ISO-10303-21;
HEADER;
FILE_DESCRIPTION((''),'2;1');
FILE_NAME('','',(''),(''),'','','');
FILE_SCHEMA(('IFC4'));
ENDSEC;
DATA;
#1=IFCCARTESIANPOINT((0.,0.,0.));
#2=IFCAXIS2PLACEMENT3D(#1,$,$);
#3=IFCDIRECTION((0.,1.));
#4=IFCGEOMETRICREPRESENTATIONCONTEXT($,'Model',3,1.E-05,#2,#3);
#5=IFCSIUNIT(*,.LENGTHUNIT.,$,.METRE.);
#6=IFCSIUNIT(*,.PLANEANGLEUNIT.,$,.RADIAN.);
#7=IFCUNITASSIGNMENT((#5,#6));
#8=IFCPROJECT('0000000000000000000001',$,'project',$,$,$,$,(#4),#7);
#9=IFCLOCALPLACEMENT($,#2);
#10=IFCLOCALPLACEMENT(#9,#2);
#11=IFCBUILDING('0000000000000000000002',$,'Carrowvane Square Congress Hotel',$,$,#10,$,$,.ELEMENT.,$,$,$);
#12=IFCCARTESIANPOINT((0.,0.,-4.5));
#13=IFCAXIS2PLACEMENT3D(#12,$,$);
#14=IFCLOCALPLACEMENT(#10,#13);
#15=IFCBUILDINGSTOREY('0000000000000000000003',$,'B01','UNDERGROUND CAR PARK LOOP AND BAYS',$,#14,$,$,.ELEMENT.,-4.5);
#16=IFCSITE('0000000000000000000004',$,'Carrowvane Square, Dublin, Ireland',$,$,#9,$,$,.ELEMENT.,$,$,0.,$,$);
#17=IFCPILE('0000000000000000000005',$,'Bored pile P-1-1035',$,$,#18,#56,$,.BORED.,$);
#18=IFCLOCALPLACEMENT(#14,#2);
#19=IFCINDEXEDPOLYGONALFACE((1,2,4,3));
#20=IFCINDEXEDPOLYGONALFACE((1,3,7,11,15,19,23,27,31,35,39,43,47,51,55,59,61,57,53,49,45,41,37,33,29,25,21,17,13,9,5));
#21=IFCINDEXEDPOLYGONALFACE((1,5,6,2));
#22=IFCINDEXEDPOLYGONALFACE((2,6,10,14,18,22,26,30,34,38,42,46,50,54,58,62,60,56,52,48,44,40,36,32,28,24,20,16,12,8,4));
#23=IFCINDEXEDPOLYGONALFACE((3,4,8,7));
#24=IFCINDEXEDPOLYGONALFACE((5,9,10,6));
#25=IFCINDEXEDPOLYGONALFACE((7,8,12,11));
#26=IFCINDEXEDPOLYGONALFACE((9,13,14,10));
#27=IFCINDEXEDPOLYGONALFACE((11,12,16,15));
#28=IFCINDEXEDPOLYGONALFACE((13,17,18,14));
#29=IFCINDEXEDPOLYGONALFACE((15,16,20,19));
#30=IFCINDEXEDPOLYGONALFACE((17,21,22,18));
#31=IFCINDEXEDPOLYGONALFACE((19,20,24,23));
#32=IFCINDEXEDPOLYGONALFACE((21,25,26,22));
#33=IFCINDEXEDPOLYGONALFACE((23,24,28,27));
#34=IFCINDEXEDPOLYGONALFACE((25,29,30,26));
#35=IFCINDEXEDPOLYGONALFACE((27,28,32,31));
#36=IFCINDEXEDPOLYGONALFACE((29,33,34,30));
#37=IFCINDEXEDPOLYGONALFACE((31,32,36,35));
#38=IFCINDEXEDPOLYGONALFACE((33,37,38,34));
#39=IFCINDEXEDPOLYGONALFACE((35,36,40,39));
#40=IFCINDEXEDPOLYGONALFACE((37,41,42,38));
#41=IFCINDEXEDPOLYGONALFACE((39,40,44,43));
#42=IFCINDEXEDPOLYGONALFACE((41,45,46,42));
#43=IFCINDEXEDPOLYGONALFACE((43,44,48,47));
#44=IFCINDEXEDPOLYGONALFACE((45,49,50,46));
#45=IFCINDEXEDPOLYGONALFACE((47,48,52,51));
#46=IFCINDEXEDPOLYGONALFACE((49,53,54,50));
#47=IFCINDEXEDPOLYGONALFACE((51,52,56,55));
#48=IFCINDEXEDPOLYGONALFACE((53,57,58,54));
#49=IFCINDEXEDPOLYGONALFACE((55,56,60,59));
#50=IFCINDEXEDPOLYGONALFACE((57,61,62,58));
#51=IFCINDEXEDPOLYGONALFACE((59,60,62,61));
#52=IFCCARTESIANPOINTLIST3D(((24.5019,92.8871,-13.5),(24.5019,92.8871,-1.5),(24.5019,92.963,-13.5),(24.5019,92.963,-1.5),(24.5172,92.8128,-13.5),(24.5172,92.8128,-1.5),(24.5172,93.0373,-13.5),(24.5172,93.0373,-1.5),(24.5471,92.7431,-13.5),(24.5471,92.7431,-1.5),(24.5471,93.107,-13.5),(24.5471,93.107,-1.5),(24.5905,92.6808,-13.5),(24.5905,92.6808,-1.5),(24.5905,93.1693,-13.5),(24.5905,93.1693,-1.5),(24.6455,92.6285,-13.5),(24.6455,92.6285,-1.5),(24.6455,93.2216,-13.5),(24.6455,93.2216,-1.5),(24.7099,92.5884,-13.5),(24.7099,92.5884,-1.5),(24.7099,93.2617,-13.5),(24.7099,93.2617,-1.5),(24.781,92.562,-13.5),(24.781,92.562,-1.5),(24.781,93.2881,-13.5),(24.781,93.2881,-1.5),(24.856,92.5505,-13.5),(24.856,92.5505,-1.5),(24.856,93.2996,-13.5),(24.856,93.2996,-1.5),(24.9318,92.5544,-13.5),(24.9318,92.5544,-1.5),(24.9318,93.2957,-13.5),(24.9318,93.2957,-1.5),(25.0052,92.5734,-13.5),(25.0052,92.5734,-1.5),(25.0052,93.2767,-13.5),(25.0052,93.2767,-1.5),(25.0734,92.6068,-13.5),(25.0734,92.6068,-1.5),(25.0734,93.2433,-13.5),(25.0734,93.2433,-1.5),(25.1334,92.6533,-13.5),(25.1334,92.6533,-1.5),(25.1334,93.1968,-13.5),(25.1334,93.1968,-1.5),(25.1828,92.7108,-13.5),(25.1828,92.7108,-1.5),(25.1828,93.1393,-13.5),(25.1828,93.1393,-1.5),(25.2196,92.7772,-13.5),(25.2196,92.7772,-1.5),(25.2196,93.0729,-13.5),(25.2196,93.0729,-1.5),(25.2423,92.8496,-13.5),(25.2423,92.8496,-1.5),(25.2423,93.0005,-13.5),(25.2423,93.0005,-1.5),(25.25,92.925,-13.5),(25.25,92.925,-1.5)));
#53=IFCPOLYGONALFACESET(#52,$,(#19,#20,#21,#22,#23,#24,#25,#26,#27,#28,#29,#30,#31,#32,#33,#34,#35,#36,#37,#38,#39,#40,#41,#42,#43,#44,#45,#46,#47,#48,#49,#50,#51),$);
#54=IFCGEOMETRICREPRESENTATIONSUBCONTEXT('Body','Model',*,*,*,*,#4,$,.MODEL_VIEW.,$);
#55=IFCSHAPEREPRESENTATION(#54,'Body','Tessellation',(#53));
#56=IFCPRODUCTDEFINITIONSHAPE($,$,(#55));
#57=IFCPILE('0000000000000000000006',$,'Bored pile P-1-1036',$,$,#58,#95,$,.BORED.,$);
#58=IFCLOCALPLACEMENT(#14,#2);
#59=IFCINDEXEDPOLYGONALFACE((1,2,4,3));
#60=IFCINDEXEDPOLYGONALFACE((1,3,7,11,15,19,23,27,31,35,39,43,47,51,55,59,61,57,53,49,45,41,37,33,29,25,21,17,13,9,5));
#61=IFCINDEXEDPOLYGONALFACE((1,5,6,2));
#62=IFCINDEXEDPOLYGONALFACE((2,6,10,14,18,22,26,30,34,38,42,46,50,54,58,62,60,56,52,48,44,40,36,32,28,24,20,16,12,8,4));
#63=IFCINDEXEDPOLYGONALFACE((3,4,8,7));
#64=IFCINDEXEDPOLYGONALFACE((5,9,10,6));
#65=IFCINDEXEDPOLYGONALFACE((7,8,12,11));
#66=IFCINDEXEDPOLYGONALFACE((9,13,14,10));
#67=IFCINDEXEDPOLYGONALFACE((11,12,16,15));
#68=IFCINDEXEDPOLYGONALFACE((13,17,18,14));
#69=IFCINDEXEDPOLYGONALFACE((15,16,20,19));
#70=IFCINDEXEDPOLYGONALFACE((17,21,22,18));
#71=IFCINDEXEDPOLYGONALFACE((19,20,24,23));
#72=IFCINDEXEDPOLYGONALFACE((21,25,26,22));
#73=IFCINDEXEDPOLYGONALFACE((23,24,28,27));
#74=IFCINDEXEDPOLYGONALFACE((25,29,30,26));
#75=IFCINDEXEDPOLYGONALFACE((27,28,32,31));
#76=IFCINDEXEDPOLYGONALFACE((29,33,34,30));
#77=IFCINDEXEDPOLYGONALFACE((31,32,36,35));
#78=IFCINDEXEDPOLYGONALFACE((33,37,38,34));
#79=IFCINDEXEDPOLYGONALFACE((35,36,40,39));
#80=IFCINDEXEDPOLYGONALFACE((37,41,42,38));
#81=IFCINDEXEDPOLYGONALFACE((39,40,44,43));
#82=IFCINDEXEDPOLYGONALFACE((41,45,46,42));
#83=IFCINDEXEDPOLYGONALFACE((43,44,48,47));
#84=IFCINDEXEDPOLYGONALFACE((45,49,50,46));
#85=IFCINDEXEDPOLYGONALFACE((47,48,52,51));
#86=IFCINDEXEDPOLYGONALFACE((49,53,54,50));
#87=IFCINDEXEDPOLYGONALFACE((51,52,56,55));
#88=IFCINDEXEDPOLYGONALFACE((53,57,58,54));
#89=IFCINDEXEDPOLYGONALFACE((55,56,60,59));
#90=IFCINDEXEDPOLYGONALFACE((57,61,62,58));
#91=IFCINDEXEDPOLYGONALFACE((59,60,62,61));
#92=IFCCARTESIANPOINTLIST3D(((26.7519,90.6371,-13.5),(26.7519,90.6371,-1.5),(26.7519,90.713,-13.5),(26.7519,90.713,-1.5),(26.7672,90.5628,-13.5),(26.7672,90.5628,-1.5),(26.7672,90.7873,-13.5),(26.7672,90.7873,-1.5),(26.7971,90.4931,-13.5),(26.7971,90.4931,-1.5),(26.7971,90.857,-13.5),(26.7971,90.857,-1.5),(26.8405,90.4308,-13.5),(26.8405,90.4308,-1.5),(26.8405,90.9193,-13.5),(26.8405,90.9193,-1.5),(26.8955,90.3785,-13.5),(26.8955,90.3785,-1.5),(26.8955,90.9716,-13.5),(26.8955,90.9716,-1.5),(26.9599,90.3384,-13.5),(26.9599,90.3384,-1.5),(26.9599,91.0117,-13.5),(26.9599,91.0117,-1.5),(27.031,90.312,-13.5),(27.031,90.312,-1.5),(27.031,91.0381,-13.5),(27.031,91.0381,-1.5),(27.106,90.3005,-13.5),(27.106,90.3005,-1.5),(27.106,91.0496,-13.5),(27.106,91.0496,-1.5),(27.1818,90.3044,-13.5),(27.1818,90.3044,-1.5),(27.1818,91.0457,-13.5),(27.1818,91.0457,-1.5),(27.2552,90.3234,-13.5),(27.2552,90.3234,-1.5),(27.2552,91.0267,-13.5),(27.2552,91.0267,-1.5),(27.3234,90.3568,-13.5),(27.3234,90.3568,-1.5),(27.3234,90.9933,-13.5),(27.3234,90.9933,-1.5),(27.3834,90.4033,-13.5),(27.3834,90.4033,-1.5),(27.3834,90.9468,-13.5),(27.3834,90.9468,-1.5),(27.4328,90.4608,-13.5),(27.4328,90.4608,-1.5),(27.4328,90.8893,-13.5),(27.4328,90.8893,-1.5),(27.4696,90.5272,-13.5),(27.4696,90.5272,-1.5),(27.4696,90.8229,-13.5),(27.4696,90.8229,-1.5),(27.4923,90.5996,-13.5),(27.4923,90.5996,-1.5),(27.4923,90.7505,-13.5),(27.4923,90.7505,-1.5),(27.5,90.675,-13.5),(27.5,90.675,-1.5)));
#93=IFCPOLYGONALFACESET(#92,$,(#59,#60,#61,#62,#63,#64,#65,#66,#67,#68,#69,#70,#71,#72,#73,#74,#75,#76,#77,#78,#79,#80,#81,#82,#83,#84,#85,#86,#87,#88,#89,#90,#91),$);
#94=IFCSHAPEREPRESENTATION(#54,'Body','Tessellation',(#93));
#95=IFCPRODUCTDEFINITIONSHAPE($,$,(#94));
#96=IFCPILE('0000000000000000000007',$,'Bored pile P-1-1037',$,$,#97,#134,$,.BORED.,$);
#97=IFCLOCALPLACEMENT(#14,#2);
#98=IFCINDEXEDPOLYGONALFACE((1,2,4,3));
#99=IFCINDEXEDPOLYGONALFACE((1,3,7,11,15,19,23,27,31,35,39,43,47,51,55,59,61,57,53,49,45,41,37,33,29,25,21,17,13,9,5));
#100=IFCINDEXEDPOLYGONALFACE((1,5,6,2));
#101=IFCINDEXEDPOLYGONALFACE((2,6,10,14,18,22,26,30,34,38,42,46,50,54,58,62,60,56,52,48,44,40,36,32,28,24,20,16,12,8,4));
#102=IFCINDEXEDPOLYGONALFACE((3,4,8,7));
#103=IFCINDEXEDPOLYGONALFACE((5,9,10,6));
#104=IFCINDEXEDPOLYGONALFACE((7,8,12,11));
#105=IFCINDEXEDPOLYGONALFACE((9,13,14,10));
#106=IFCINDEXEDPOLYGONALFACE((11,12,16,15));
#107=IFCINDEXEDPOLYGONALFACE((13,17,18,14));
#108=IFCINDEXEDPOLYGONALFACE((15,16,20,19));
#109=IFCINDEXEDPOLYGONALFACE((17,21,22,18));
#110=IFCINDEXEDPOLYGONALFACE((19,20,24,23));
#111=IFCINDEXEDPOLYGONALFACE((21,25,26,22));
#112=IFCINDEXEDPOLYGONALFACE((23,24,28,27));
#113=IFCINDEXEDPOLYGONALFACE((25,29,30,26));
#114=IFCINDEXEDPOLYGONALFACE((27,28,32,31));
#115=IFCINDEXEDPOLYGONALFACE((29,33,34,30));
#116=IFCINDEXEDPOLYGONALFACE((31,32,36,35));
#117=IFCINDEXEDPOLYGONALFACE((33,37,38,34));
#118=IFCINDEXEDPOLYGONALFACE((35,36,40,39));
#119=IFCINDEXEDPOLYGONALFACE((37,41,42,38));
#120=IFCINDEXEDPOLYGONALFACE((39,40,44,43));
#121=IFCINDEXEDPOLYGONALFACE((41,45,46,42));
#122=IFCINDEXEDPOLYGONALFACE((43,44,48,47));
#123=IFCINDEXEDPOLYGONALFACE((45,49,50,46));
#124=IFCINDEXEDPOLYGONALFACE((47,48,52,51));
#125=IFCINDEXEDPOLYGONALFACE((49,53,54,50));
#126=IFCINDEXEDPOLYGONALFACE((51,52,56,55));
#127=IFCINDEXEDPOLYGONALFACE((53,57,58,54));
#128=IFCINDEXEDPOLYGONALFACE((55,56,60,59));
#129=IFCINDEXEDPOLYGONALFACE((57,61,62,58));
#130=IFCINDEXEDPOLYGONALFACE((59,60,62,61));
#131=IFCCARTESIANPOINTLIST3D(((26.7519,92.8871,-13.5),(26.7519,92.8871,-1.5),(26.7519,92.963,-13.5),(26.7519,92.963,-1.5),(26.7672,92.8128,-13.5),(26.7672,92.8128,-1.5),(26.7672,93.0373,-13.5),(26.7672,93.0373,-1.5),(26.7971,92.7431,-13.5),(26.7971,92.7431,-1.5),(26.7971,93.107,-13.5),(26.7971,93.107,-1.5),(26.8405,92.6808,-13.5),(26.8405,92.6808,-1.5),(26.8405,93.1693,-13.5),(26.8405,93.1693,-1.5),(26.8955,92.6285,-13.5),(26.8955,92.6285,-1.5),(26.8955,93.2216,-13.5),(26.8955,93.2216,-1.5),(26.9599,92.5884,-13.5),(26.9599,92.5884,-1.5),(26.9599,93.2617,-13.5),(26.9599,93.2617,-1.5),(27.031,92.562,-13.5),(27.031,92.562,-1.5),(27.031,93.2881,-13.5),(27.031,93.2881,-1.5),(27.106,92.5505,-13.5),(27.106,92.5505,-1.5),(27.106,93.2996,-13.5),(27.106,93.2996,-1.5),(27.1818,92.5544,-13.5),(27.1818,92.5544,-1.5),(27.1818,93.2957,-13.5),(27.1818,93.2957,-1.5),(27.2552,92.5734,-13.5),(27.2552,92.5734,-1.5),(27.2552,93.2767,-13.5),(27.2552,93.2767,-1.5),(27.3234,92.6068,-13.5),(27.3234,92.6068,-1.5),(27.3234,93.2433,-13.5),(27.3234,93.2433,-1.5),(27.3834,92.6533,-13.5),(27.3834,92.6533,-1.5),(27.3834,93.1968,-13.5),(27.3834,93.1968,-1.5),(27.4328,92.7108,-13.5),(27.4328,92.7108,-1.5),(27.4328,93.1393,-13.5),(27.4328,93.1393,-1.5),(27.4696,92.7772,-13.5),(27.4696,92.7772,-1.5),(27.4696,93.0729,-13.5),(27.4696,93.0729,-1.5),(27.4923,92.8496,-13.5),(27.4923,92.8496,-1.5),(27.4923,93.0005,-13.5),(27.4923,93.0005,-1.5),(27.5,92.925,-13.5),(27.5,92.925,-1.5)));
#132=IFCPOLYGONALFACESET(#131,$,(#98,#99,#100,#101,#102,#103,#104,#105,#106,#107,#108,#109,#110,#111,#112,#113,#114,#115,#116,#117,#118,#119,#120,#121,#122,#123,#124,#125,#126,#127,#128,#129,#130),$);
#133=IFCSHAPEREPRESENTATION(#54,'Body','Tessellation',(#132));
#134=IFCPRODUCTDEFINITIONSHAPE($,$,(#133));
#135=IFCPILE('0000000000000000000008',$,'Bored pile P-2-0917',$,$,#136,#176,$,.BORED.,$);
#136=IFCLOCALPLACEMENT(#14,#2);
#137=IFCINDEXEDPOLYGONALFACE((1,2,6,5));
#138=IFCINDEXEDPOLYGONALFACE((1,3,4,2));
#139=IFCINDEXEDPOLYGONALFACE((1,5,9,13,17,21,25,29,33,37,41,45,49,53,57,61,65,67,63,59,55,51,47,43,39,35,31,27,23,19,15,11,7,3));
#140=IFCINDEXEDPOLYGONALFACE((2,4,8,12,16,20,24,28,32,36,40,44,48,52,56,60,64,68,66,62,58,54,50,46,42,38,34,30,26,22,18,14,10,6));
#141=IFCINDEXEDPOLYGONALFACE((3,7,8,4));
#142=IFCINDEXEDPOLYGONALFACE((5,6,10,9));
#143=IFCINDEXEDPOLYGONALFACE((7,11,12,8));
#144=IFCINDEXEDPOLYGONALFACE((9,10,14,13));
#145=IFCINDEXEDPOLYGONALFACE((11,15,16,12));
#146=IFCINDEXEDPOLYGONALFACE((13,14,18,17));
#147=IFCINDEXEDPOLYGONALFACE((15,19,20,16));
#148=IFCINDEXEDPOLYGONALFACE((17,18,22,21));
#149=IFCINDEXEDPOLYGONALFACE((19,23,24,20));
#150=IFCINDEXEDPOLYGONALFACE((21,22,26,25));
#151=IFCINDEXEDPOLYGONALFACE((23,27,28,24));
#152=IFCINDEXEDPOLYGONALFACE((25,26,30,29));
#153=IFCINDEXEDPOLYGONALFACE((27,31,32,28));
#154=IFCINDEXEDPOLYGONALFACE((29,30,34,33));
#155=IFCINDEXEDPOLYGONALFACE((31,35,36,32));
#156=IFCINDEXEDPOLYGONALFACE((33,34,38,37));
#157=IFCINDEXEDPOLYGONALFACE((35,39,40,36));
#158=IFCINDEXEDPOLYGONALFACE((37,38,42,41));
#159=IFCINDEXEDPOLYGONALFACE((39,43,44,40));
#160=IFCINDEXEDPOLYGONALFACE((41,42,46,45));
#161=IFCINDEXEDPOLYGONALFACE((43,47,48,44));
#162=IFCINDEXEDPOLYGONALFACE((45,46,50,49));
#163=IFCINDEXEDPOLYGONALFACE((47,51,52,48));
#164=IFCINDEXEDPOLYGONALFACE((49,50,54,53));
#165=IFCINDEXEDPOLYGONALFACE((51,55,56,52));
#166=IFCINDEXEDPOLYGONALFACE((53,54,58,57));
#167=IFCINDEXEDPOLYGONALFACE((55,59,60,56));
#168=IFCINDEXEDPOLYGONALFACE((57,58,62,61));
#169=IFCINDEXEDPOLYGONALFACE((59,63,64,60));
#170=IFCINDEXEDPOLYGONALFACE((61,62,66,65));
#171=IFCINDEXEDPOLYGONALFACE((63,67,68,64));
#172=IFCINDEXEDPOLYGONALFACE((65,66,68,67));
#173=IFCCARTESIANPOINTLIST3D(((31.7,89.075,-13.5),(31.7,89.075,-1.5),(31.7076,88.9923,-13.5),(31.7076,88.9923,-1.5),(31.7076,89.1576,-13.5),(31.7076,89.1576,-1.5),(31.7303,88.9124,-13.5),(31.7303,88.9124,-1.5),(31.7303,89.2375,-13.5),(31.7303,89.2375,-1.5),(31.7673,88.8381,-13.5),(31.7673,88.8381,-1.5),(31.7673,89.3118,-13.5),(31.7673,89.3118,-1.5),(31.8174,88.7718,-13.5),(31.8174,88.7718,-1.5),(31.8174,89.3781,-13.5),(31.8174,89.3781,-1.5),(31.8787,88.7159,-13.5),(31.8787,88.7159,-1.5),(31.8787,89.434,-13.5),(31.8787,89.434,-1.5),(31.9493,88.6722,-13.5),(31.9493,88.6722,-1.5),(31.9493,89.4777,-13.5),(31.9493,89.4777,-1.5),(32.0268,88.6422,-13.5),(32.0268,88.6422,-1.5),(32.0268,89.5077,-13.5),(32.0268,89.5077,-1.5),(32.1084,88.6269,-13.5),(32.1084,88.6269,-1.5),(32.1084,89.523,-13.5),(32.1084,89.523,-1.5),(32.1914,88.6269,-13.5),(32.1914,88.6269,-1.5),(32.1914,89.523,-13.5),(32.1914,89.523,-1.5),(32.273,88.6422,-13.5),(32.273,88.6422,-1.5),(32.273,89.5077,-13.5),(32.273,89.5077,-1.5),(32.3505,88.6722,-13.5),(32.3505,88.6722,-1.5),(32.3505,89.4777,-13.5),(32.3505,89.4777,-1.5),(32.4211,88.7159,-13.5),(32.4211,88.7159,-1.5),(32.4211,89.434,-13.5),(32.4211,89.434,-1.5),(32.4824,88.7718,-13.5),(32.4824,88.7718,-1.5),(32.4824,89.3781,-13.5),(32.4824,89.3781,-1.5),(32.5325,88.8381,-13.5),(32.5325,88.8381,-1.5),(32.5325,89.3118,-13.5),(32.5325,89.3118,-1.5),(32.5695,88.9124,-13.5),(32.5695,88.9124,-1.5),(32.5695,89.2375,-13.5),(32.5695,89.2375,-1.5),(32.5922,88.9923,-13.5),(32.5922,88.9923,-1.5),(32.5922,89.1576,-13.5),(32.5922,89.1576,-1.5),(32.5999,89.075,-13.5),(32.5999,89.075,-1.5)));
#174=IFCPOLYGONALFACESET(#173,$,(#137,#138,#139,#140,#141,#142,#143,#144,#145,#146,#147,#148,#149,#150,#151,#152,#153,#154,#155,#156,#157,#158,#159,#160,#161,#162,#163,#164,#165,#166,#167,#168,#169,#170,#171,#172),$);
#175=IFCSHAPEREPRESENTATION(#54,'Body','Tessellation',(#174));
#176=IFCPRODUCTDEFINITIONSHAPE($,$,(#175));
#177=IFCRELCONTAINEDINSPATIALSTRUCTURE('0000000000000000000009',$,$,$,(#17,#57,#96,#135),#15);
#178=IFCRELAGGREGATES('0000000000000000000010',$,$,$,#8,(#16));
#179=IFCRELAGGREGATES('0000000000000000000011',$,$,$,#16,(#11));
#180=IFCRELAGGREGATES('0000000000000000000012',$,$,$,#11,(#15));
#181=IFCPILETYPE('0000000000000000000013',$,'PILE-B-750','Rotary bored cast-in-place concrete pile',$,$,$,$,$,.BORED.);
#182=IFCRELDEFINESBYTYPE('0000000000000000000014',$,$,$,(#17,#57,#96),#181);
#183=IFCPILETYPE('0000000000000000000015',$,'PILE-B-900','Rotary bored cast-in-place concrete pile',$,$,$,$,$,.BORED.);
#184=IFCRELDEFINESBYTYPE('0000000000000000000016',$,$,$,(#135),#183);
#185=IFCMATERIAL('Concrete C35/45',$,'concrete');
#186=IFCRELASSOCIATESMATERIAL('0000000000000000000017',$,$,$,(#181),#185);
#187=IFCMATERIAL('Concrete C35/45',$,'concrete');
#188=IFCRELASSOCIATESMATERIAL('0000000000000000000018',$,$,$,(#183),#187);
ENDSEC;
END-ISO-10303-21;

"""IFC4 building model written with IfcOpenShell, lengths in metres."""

from ifc_helpers import new_model, si_unit, direction, frame, origin, origin_2d, place, context, subcontext, project, spatial, circle, extrude, material, material_profile, profile_set, type_object, element, save


model = new_model("IFC4")

# Units and contexts
model_context = context("Model", 3, precision=1e-05, world=origin(), true_north=direction((0.0, 1.0)))
body_context = subcontext(model_context, "Body", "Model", "MODEL_VIEW")
ifc_project = project(units=[si_unit("LENGTHUNIT", "METRE"), si_unit("PLANEANGLEUNIT", "RADIAN")], contexts=[model_context])

# Site, building, storey
site_placement = place(None, origin())
site = spatial("IfcSite", under=ifc_project, at=site_placement, Name="Carrowvane Square, Dublin, Ireland", CompositionType="ELEMENT", RefElevation=0.0)
building_placement = place(site_placement, origin())
building = spatial("IfcBuilding", under=site, at=building_placement, Name="Carrowvane Square Congress Hotel", CompositionType="ELEMENT")
storey_placement = place(building_placement, frame((0.0, 0.0, -4.5)))
storey = spatial("IfcBuildingStorey", under=building, at=storey_placement, Name="B01", Description="UNDERGROUND CAR PARK LOOP AND BAYS", CompositionType="ELEMENT", Elevation=-4.5)

# Piles
ifc_material_1 = material(Name="Concrete C35/45", Category="concrete")
ifc_material_profile_1 = material_profile(ifc_material_1, circle(Radius=0.375, at=origin_2d()), Name="PILE D750")
ifc_profile_set_1 = profile_set([ifc_material_profile_1], Name="Concrete C35/45")
pile_type_1 = type_object("IfcPileType", Name="PILE-B-750", Description="Rotary bored cast-in-place concrete pile", PredefinedType="BORED", material=ifc_profile_set_1)
for number, where, z_axis, x_axis, name in (
    (1, (24.875, 92.925, -1.5), (0.0, 0.0, -1.0), (1.0, 0.0, 0.0), "Bored pile P-1-1035"),
    (2, (27.125, 90.675, -1.5), (0.0, 0.0, -1.0), (1.0, 0.0, 0.0), "Bored pile P-1-1036"),
    (3, (27.125, 92.925, -1.5), (0.0, 0.0, -1.0), (1.0, 0.0, 0.0), "Bored pile P-1-1037"),
):
    element("IfcPile", number, at=place(storey_placement, frame(where, z_axis=z_axis, x_axis=x_axis)), inside=storey, type_object=pile_type_1, Name=name, PredefinedType="BORED", context=body_context, shape_type="SweptSolid", body=[
        extrude(circle(Radius=0.375, at=origin_2d()), origin(), (0.0, 0.0, 1.0), 12.0),
    ])
ifc_material_2 = material(Name="Concrete C35/45", Category="concrete")
ifc_material_profile_2 = material_profile(ifc_material_2, circle(Radius=0.45, at=origin_2d()), Name="PILE D900")
ifc_profile_set_2 = profile_set([ifc_material_profile_2], Name="Concrete C35/45")
pile_type_2 = type_object("IfcPileType", Name="PILE-B-900", Description="Rotary bored cast-in-place concrete pile", PredefinedType="BORED", material=ifc_profile_set_2)
for number, where, z_axis, x_axis, name in (
    (4, (32.1499, 89.075, -1.5), (0.0, 0.0, -1.0), (1.0, 0.0, 0.0), "Bored pile P-2-0917"),
):
    element("IfcPile", number, at=place(storey_placement, frame(where, z_axis=z_axis, x_axis=x_axis)), inside=storey, type_object=pile_type_2, Name=name, PredefinedType="BORED", context=body_context, shape_type="SweptSolid", body=[
        extrude(circle(Radius=0.45, at=origin_2d()), origin(), (0.0, 0.0, 1.0), 12.0),
    ])

save(model, "model.ifc")
